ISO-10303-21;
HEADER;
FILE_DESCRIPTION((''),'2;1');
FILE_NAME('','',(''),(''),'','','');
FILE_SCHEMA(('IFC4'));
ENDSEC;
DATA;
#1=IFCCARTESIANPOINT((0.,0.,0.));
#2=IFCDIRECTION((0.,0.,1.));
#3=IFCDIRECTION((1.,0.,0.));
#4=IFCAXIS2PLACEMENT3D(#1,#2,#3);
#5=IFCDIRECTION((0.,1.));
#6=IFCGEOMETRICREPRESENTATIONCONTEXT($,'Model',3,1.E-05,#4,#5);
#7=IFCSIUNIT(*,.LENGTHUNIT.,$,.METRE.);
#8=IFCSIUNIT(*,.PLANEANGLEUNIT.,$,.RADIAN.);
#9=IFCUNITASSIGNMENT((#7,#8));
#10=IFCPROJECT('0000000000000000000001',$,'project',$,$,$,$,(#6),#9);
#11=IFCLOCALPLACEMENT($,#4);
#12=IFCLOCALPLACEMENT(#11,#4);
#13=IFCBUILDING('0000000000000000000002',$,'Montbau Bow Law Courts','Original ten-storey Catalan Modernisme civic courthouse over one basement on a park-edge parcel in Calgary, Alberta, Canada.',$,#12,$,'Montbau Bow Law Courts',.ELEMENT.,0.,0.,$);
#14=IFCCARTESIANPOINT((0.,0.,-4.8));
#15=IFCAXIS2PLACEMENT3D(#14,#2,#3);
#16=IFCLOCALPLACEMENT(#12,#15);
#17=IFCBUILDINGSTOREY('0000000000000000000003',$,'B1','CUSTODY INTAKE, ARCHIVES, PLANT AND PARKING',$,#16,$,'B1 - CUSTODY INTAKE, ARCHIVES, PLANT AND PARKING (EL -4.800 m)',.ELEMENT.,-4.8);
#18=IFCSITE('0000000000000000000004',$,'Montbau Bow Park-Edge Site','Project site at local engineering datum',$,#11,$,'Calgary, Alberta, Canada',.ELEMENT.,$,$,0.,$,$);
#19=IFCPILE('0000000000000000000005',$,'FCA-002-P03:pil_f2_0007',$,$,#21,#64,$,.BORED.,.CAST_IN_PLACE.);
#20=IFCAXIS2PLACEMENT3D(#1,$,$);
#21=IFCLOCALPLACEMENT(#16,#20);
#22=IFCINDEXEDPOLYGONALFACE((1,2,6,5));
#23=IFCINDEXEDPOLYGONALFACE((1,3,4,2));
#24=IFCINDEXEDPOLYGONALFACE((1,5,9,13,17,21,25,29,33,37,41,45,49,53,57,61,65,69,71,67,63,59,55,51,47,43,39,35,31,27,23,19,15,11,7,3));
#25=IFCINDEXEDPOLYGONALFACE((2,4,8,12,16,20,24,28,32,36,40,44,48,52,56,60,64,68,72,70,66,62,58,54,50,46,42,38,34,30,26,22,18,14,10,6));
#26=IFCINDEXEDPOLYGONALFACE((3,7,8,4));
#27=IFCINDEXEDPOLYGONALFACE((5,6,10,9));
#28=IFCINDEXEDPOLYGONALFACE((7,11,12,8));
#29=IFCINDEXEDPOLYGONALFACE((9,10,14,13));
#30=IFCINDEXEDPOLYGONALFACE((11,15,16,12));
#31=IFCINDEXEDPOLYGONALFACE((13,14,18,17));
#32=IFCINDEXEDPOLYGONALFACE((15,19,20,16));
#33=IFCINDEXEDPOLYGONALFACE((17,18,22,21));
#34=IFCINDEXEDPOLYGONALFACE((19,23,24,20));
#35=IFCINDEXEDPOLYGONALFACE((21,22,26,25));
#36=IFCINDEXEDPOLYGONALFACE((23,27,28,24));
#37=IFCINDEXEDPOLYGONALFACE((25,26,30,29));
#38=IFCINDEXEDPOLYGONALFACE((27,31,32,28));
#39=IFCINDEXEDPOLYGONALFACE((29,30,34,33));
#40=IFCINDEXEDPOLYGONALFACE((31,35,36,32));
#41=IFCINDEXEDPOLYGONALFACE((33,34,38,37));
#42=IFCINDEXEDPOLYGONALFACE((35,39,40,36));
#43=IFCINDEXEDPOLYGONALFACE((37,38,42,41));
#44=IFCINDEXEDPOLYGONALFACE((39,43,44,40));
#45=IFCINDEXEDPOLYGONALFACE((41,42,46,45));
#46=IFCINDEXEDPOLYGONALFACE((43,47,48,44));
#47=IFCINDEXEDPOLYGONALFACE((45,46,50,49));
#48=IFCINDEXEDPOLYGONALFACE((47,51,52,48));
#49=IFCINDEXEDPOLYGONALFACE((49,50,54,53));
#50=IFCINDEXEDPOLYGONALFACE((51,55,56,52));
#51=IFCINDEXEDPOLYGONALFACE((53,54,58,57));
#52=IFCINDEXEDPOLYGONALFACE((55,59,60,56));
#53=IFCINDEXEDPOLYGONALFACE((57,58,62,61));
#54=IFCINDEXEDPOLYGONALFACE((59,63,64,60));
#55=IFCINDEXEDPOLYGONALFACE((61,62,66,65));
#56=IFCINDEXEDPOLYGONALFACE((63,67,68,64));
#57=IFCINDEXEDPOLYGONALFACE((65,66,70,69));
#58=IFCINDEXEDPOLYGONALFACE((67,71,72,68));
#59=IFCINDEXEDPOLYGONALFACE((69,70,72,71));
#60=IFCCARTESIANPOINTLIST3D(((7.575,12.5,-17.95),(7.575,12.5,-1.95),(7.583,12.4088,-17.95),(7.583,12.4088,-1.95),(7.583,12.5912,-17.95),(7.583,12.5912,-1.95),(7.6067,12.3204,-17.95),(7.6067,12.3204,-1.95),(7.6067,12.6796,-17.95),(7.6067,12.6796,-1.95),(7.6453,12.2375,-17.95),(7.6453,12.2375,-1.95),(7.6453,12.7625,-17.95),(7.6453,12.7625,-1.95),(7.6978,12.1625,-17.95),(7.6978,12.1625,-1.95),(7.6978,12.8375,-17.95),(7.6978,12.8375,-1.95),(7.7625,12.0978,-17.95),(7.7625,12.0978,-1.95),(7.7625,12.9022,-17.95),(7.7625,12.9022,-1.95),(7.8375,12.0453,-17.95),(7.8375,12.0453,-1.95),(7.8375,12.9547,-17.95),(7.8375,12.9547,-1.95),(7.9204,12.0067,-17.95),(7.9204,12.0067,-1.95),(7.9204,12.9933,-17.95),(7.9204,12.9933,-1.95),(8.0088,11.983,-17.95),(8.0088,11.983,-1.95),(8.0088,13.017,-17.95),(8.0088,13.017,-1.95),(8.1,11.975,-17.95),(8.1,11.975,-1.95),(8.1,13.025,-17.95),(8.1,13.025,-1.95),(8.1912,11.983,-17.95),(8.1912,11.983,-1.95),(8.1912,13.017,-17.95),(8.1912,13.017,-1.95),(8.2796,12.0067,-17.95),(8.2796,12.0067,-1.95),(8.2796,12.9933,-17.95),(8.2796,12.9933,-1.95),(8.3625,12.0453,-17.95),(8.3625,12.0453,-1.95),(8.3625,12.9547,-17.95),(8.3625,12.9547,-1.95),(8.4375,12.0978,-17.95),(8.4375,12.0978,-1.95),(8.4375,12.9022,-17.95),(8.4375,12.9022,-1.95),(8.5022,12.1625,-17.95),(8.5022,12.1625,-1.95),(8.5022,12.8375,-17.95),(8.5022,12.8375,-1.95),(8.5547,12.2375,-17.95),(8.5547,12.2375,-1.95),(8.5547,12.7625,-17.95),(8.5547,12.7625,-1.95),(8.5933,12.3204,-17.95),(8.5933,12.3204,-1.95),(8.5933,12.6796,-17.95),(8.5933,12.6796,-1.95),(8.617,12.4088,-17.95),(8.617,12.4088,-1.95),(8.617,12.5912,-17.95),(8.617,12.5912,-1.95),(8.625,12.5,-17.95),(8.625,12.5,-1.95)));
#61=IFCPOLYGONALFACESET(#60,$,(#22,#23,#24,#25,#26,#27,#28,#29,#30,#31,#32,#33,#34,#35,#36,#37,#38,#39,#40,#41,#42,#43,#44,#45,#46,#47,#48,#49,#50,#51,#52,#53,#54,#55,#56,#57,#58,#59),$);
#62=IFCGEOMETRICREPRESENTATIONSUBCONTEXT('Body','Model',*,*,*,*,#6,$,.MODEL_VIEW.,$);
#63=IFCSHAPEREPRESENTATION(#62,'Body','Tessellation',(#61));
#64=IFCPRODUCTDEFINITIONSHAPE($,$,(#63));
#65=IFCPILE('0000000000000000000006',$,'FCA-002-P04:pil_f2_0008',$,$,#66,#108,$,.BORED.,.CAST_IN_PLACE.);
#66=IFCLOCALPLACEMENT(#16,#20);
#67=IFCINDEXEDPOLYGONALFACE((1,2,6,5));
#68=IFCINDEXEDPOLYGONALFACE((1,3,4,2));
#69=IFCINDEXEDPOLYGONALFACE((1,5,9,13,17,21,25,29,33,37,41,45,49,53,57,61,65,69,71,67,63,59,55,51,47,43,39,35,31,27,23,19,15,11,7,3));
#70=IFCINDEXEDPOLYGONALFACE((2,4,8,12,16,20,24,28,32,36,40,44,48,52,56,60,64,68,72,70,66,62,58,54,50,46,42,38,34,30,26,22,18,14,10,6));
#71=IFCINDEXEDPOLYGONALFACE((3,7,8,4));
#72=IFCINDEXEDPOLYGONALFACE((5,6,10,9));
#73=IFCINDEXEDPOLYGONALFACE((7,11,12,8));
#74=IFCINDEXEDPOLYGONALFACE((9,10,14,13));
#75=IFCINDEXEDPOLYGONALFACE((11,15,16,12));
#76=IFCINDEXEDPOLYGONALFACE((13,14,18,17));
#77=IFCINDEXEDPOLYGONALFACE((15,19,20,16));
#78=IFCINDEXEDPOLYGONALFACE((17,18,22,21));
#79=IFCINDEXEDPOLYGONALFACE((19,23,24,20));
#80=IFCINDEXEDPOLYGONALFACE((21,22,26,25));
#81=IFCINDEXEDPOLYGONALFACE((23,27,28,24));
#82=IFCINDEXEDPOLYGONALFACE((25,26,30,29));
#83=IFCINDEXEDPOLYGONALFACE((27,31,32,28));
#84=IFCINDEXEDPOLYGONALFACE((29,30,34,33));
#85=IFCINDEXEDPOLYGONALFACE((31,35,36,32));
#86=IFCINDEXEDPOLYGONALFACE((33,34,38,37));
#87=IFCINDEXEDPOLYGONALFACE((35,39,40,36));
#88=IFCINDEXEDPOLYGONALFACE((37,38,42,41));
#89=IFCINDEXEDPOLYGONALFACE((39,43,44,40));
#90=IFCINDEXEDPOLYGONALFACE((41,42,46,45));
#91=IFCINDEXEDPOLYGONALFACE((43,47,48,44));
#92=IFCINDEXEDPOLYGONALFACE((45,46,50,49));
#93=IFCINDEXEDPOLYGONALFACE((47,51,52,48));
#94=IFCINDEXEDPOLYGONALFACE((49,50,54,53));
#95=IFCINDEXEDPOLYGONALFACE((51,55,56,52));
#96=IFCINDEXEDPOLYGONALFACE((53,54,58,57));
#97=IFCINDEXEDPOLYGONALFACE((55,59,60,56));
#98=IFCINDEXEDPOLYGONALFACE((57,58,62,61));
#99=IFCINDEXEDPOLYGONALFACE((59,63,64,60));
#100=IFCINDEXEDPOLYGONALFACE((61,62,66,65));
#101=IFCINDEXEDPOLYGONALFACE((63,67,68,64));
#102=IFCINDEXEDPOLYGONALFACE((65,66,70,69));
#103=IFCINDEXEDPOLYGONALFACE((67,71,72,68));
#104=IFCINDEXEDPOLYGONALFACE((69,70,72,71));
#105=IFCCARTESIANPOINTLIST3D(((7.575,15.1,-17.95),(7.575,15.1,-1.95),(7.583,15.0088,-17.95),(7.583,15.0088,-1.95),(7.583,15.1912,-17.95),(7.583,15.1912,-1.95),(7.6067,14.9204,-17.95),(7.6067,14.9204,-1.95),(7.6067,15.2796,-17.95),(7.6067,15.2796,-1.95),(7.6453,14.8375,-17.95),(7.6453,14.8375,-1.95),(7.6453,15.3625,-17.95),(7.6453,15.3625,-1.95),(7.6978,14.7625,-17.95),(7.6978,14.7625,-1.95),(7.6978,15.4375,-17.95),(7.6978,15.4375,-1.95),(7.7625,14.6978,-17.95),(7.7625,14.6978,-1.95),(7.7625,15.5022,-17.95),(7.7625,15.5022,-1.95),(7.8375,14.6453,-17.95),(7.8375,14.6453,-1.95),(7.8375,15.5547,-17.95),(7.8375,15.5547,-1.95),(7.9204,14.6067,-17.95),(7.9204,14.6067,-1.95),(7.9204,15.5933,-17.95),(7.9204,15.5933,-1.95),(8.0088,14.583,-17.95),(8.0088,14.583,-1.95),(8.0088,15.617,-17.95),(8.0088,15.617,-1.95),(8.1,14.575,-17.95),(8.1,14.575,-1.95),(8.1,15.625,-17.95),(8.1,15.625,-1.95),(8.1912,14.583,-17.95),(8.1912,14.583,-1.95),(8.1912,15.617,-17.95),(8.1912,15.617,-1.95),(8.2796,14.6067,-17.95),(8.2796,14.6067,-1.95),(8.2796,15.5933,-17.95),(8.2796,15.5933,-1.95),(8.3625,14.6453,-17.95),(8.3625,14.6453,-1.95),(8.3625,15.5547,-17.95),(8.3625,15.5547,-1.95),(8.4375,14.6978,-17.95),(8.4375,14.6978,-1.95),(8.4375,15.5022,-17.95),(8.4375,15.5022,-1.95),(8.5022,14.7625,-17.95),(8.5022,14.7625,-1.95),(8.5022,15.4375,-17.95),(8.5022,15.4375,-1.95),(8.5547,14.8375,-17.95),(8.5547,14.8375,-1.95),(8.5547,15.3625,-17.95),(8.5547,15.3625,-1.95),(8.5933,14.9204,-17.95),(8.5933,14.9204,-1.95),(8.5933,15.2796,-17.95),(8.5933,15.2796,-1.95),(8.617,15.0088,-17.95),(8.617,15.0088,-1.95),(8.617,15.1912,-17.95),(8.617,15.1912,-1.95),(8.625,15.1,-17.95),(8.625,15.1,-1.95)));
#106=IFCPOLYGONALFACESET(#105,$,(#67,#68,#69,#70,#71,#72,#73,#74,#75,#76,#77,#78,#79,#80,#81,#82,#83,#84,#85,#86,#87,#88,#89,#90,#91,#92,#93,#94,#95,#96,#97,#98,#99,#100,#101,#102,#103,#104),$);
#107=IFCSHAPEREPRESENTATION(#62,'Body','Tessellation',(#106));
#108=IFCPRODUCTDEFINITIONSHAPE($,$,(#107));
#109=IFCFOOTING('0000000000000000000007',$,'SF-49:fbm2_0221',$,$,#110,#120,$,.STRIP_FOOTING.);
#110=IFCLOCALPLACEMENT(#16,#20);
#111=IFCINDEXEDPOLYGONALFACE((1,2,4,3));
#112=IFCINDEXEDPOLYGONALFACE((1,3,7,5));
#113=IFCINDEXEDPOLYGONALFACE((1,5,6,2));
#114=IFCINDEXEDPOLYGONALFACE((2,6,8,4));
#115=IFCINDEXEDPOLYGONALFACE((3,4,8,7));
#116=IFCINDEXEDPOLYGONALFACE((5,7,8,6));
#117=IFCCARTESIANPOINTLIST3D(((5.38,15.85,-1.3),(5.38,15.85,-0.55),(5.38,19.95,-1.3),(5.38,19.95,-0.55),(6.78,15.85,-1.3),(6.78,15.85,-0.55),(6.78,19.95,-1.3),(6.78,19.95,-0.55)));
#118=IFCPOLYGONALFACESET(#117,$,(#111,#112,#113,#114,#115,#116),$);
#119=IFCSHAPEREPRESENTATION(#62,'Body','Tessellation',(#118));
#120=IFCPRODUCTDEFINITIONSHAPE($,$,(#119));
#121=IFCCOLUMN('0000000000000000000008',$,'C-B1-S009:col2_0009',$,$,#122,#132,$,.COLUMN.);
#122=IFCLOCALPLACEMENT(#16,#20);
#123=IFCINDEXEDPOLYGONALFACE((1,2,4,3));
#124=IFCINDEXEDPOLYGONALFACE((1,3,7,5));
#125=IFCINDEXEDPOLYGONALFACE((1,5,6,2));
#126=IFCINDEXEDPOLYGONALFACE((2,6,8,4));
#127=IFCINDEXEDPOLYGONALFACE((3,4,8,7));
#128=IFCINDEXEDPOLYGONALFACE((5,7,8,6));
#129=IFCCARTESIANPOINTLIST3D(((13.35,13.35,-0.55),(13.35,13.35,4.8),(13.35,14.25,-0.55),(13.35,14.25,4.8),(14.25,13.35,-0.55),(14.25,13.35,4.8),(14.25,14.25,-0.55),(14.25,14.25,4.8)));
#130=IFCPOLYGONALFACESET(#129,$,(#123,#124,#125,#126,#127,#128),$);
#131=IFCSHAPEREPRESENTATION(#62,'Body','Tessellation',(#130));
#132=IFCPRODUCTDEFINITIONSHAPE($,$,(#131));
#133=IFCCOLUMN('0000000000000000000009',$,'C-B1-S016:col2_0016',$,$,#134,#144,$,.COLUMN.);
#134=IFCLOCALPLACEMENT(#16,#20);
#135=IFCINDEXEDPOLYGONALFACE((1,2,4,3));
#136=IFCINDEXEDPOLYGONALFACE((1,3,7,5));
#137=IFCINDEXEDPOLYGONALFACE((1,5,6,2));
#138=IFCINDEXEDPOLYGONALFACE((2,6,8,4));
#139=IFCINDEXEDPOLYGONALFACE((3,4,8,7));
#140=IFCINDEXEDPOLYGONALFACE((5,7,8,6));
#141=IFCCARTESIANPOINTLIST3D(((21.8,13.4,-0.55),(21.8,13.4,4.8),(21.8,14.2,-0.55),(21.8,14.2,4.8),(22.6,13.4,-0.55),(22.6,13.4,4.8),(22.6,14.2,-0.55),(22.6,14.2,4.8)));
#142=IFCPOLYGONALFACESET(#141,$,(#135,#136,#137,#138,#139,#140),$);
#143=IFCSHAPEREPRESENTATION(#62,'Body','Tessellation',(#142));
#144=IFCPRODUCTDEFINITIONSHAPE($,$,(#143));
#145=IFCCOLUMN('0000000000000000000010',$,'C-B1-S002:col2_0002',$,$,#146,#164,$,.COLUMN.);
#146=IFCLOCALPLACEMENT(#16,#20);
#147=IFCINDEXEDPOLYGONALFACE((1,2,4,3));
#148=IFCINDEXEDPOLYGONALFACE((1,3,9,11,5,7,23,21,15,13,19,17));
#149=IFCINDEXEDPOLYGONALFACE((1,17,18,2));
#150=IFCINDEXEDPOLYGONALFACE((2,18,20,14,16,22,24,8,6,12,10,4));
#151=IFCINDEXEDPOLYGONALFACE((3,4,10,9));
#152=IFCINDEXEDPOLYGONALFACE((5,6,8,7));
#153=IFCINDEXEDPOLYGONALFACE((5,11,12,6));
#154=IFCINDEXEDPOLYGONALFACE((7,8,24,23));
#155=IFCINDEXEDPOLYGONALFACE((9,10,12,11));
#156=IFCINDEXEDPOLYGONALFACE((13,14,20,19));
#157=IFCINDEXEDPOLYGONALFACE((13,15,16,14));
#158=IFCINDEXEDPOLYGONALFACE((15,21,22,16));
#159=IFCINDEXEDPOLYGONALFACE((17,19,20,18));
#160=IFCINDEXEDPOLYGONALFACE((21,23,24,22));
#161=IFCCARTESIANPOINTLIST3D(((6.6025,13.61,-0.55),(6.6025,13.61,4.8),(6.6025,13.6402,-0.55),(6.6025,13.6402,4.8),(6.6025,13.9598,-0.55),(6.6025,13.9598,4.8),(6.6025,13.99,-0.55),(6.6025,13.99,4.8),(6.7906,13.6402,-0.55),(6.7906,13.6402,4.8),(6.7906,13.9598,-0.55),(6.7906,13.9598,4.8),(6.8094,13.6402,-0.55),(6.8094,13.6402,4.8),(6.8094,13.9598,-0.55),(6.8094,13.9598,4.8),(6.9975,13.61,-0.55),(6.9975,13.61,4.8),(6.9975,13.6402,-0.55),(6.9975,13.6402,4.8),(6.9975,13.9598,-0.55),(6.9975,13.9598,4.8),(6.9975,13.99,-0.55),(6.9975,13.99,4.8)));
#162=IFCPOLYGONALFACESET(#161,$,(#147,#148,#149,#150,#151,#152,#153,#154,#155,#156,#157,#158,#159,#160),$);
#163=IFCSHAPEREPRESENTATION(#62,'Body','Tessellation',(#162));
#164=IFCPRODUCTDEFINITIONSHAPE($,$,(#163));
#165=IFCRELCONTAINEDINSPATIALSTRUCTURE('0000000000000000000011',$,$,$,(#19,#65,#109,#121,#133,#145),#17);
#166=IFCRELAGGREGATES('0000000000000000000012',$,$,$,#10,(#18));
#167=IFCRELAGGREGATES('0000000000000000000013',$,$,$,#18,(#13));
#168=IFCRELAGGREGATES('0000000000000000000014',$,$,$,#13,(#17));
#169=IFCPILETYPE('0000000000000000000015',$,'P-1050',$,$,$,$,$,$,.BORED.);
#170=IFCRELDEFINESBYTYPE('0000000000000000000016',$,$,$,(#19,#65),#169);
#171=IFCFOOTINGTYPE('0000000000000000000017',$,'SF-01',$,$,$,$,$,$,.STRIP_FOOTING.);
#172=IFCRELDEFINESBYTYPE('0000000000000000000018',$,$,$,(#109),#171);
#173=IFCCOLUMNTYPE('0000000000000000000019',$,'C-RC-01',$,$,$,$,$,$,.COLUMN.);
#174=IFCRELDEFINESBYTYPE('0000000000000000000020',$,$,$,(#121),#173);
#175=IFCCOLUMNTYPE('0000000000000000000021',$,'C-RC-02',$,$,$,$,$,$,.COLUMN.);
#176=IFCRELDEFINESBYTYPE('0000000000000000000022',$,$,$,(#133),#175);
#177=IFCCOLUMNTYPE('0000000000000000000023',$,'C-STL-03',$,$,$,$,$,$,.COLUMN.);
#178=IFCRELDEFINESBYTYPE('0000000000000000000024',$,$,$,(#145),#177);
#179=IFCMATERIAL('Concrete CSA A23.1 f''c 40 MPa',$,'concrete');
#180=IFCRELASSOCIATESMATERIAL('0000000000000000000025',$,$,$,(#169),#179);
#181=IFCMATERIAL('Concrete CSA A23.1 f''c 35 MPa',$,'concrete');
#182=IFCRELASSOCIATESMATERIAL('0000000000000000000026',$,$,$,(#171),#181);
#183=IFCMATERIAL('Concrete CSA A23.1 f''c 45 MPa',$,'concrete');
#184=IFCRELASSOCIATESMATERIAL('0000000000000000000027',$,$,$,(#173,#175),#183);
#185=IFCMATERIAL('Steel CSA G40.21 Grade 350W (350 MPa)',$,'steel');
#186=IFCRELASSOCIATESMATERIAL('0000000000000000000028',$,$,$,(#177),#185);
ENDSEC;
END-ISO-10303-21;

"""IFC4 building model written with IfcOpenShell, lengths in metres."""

from ifc_helpers import new_model, si_unit, direction, frame, origin_with_axes, origin_2d_with_axis, place, context, subcontext, project, spatial, rectangle, circle, i_section, extrude, material, material_profile, profile_set, type_object, element, save


model = new_model("IFC4")

# Units and contexts
model_context = context("Model", 3, precision=1e-05, world=origin_with_axes(), true_north=direction((0.0, 1.0)))
body_context = subcontext(model_context, "Body", "Model", "MODEL_VIEW")
ifc_project = project(units=[si_unit("LENGTHUNIT", "METRE"), si_unit("PLANEANGLEUNIT", "RADIAN")], contexts=[model_context])

# Site, building, storey
site_placement = place(None, origin_with_axes())
site = spatial("IfcSite", under=ifc_project, at=site_placement, Name="Montbau Bow Park-Edge Site", Description="Project site at local engineering datum", LongName="Calgary, Alberta, Canada", CompositionType="ELEMENT", RefElevation=0.0)
building_placement = place(site_placement, origin_with_axes())
building = spatial("IfcBuilding", under=site, at=building_placement, Name="Montbau Bow Law Courts", Description="Original ten-storey Catalan Modernisme civic courthouse over one basement on a park-edge parcel in Calgary, Alberta, Canada.", LongName="Montbau Bow Law Courts", CompositionType="ELEMENT", ElevationOfRefHeight=0.0, ElevationOfTerrain=0.0)
storey_placement = place(building_placement, frame((0.0, 0.0, -4.8), z_axis=(0.0, 0.0, 1.0), x_axis=(1.0, 0.0, 0.0)))
storey = spatial("IfcBuildingStorey", under=building, at=storey_placement, Name="B1", Description="CUSTODY INTAKE, ARCHIVES, PLANT AND PARKING", LongName="B1 - CUSTODY INTAKE, ARCHIVES, PLANT AND PARKING (EL -4.800 m)", CompositionType="ELEMENT", Elevation=-4.8)

# Shared definitions
ifc_material_1 = material(Name="Concrete CSA A23.1 f'c 35 MPa", Category="concrete")

# Piles
ifc_material_2 = material(Name="Concrete CSA A23.1 f'c 40 MPa", Category="concrete")
ifc_material_profile_1 = material_profile(ifc_material_2, circle(Radius=0.525, at=origin_2d_with_axis()), Name="BP1050", Category="Main", Priority=0)
ifc_profile_set_1 = profile_set([ifc_material_profile_1], Name="Concrete CSA A23.1 f'c 40 MPa")
pile_type_1 = type_object("IfcPileType", Name="P-1050", PredefinedType="BORED", material=ifc_profile_set_1)
for number, where, z_axis, x_axis, name in (
    (1, (8.1, 12.5, -22.75), (0.0, 0.0, 1.0), (1.0, 0.0, 0.0), "FCA-002-P03:pil_f2_0007"),
    (2, (8.1, 15.1, -22.75), (0.0, 0.0, 1.0), (1.0, 0.0, 0.0), "FCA-002-P04:pil_f2_0008"),
):
    element("IfcPile", number, at=place(None, frame(where, z_axis=z_axis, x_axis=x_axis)), inside=storey, type_object=pile_type_1, Name=name, ConstructionType="CAST_IN_PLACE", PredefinedType="BORED", context=body_context, shape_type="SweptSolid", body=[
        extrude(circle(Radius=0.525, at=origin_2d_with_axis()), origin_with_axes(), (0.0, 0.0, 1.0), 16.0),
    ])

# Footing
footing_type_1 = type_object("IfcFootingType", Name="SF-01", PredefinedType="STRIP_FOOTING", material=ifc_material_1)
footing_1_placement = place(None, frame((6.08, 17.9, -6.1), z_axis=(0.0, 0.0, 1.0), x_axis=(0.0, 1.0, 0.0)))
element("IfcFooting", 3, at=footing_1_placement, inside=storey, type_object=footing_type_1, Name="SF-49:fbm2_0221", PredefinedType="STRIP_FOOTING", context=body_context, shape_type="SweptSolid", body=[
    extrude(rectangle(XDim=4.1, YDim=1.4, at=origin_2d_with_axis()), origin_with_axes(), (0.0, 0.0, 1.0), 0.75),
])

# Columns
ifc_material_3 = material(Name="Concrete CSA A23.1 f'c 45 MPa", Category="concrete")
ifc_material_profile_2 = material_profile(ifc_material_3, rectangle(XDim=0.9, YDim=0.9, at=origin_2d_with_axis()), Name="RC900X900", Category="Main", Priority=0)
ifc_profile_set_2 = profile_set([ifc_material_profile_2], Name="Concrete CSA A23.1 f'c 45 MPa")
column_type_1 = type_object("IfcColumnType", Name="C-RC-01", PredefinedType="COLUMN", material=ifc_profile_set_2)
column_1_placement = place(None, frame((13.8, 13.8, -5.35), z_axis=(0.0, 0.0, 1.0), x_axis=(1.0, 0.0, 0.0)))
element("IfcColumn", 4, at=column_1_placement, inside=storey, type_object=column_type_1, Name="C-B1-S009:col2_0009", PredefinedType="COLUMN", context=body_context, shape_type="SweptSolid", body=[
    extrude(rectangle(XDim=0.9, YDim=0.9, at=origin_2d_with_axis()), origin_with_axes(), (0.0, 0.0, 1.0), 5.35),
])
ifc_material_profile_3 = material_profile(ifc_material_3, rectangle(XDim=0.8, YDim=0.8, at=origin_2d_with_axis()), Name="RC800X800", Category="Main", Priority=0)
ifc_profile_set_3 = profile_set([ifc_material_profile_3], Name="Concrete CSA A23.1 f'c 45 MPa")
column_type_2 = type_object("IfcColumnType", Name="C-RC-02", PredefinedType="COLUMN", material=ifc_profile_set_3)
column_2_placement = place(None, frame((22.2, 13.8, -5.35), z_axis=(0.0, 0.0, 1.0), x_axis=(1.0, 0.0, 0.0)))
element("IfcColumn", 5, at=column_2_placement, inside=storey, type_object=column_type_2, Name="C-B1-S016:col2_0016", PredefinedType="COLUMN", context=body_context, shape_type="SweptSolid", body=[
    extrude(rectangle(XDim=0.8, YDim=0.8, at=origin_2d_with_axis()), origin_with_axes(), (0.0, 0.0, 1.0), 5.35),
])
ifc_material_4 = material(Name="Steel CSA G40.21 Grade 350W (350 MPa)", Category="steel")
ifc_material_profile_4 = material_profile(ifc_material_4, i_section(OverallWidth=0.395, OverallDepth=0.38, WebThickness=0.0189, FlangeThickness=0.0302, at=origin_2d_with_axis()), Name="W360X237", Category="Main", Priority=0)
ifc_profile_set_4 = profile_set([ifc_material_profile_4], Name="Steel CSA G40.21 Grade 350W (350 MPa)")
column_type_3 = type_object("IfcColumnType", Name="C-STL-03", PredefinedType="COLUMN", material=ifc_profile_set_4)
column_3_placement = place(None, frame((6.8, 13.8, -5.35), z_axis=(0.0, 0.0, 1.0), x_axis=(1.0, 0.0, 0.0)))
element("IfcColumn", 6, at=column_3_placement, inside=storey, type_object=column_type_3, Name="C-B1-S002:col2_0002", PredefinedType="COLUMN", context=body_context, shape_type="SweptSolid", body=[
    extrude(i_section(OverallWidth=0.395, OverallDepth=0.38, WebThickness=0.0189, FlangeThickness=0.0302, at=origin_2d_with_axis()), origin_with_axes(), (0.0, 0.0, 1.0), 5.35),
])

save(model, "model.ifc")
